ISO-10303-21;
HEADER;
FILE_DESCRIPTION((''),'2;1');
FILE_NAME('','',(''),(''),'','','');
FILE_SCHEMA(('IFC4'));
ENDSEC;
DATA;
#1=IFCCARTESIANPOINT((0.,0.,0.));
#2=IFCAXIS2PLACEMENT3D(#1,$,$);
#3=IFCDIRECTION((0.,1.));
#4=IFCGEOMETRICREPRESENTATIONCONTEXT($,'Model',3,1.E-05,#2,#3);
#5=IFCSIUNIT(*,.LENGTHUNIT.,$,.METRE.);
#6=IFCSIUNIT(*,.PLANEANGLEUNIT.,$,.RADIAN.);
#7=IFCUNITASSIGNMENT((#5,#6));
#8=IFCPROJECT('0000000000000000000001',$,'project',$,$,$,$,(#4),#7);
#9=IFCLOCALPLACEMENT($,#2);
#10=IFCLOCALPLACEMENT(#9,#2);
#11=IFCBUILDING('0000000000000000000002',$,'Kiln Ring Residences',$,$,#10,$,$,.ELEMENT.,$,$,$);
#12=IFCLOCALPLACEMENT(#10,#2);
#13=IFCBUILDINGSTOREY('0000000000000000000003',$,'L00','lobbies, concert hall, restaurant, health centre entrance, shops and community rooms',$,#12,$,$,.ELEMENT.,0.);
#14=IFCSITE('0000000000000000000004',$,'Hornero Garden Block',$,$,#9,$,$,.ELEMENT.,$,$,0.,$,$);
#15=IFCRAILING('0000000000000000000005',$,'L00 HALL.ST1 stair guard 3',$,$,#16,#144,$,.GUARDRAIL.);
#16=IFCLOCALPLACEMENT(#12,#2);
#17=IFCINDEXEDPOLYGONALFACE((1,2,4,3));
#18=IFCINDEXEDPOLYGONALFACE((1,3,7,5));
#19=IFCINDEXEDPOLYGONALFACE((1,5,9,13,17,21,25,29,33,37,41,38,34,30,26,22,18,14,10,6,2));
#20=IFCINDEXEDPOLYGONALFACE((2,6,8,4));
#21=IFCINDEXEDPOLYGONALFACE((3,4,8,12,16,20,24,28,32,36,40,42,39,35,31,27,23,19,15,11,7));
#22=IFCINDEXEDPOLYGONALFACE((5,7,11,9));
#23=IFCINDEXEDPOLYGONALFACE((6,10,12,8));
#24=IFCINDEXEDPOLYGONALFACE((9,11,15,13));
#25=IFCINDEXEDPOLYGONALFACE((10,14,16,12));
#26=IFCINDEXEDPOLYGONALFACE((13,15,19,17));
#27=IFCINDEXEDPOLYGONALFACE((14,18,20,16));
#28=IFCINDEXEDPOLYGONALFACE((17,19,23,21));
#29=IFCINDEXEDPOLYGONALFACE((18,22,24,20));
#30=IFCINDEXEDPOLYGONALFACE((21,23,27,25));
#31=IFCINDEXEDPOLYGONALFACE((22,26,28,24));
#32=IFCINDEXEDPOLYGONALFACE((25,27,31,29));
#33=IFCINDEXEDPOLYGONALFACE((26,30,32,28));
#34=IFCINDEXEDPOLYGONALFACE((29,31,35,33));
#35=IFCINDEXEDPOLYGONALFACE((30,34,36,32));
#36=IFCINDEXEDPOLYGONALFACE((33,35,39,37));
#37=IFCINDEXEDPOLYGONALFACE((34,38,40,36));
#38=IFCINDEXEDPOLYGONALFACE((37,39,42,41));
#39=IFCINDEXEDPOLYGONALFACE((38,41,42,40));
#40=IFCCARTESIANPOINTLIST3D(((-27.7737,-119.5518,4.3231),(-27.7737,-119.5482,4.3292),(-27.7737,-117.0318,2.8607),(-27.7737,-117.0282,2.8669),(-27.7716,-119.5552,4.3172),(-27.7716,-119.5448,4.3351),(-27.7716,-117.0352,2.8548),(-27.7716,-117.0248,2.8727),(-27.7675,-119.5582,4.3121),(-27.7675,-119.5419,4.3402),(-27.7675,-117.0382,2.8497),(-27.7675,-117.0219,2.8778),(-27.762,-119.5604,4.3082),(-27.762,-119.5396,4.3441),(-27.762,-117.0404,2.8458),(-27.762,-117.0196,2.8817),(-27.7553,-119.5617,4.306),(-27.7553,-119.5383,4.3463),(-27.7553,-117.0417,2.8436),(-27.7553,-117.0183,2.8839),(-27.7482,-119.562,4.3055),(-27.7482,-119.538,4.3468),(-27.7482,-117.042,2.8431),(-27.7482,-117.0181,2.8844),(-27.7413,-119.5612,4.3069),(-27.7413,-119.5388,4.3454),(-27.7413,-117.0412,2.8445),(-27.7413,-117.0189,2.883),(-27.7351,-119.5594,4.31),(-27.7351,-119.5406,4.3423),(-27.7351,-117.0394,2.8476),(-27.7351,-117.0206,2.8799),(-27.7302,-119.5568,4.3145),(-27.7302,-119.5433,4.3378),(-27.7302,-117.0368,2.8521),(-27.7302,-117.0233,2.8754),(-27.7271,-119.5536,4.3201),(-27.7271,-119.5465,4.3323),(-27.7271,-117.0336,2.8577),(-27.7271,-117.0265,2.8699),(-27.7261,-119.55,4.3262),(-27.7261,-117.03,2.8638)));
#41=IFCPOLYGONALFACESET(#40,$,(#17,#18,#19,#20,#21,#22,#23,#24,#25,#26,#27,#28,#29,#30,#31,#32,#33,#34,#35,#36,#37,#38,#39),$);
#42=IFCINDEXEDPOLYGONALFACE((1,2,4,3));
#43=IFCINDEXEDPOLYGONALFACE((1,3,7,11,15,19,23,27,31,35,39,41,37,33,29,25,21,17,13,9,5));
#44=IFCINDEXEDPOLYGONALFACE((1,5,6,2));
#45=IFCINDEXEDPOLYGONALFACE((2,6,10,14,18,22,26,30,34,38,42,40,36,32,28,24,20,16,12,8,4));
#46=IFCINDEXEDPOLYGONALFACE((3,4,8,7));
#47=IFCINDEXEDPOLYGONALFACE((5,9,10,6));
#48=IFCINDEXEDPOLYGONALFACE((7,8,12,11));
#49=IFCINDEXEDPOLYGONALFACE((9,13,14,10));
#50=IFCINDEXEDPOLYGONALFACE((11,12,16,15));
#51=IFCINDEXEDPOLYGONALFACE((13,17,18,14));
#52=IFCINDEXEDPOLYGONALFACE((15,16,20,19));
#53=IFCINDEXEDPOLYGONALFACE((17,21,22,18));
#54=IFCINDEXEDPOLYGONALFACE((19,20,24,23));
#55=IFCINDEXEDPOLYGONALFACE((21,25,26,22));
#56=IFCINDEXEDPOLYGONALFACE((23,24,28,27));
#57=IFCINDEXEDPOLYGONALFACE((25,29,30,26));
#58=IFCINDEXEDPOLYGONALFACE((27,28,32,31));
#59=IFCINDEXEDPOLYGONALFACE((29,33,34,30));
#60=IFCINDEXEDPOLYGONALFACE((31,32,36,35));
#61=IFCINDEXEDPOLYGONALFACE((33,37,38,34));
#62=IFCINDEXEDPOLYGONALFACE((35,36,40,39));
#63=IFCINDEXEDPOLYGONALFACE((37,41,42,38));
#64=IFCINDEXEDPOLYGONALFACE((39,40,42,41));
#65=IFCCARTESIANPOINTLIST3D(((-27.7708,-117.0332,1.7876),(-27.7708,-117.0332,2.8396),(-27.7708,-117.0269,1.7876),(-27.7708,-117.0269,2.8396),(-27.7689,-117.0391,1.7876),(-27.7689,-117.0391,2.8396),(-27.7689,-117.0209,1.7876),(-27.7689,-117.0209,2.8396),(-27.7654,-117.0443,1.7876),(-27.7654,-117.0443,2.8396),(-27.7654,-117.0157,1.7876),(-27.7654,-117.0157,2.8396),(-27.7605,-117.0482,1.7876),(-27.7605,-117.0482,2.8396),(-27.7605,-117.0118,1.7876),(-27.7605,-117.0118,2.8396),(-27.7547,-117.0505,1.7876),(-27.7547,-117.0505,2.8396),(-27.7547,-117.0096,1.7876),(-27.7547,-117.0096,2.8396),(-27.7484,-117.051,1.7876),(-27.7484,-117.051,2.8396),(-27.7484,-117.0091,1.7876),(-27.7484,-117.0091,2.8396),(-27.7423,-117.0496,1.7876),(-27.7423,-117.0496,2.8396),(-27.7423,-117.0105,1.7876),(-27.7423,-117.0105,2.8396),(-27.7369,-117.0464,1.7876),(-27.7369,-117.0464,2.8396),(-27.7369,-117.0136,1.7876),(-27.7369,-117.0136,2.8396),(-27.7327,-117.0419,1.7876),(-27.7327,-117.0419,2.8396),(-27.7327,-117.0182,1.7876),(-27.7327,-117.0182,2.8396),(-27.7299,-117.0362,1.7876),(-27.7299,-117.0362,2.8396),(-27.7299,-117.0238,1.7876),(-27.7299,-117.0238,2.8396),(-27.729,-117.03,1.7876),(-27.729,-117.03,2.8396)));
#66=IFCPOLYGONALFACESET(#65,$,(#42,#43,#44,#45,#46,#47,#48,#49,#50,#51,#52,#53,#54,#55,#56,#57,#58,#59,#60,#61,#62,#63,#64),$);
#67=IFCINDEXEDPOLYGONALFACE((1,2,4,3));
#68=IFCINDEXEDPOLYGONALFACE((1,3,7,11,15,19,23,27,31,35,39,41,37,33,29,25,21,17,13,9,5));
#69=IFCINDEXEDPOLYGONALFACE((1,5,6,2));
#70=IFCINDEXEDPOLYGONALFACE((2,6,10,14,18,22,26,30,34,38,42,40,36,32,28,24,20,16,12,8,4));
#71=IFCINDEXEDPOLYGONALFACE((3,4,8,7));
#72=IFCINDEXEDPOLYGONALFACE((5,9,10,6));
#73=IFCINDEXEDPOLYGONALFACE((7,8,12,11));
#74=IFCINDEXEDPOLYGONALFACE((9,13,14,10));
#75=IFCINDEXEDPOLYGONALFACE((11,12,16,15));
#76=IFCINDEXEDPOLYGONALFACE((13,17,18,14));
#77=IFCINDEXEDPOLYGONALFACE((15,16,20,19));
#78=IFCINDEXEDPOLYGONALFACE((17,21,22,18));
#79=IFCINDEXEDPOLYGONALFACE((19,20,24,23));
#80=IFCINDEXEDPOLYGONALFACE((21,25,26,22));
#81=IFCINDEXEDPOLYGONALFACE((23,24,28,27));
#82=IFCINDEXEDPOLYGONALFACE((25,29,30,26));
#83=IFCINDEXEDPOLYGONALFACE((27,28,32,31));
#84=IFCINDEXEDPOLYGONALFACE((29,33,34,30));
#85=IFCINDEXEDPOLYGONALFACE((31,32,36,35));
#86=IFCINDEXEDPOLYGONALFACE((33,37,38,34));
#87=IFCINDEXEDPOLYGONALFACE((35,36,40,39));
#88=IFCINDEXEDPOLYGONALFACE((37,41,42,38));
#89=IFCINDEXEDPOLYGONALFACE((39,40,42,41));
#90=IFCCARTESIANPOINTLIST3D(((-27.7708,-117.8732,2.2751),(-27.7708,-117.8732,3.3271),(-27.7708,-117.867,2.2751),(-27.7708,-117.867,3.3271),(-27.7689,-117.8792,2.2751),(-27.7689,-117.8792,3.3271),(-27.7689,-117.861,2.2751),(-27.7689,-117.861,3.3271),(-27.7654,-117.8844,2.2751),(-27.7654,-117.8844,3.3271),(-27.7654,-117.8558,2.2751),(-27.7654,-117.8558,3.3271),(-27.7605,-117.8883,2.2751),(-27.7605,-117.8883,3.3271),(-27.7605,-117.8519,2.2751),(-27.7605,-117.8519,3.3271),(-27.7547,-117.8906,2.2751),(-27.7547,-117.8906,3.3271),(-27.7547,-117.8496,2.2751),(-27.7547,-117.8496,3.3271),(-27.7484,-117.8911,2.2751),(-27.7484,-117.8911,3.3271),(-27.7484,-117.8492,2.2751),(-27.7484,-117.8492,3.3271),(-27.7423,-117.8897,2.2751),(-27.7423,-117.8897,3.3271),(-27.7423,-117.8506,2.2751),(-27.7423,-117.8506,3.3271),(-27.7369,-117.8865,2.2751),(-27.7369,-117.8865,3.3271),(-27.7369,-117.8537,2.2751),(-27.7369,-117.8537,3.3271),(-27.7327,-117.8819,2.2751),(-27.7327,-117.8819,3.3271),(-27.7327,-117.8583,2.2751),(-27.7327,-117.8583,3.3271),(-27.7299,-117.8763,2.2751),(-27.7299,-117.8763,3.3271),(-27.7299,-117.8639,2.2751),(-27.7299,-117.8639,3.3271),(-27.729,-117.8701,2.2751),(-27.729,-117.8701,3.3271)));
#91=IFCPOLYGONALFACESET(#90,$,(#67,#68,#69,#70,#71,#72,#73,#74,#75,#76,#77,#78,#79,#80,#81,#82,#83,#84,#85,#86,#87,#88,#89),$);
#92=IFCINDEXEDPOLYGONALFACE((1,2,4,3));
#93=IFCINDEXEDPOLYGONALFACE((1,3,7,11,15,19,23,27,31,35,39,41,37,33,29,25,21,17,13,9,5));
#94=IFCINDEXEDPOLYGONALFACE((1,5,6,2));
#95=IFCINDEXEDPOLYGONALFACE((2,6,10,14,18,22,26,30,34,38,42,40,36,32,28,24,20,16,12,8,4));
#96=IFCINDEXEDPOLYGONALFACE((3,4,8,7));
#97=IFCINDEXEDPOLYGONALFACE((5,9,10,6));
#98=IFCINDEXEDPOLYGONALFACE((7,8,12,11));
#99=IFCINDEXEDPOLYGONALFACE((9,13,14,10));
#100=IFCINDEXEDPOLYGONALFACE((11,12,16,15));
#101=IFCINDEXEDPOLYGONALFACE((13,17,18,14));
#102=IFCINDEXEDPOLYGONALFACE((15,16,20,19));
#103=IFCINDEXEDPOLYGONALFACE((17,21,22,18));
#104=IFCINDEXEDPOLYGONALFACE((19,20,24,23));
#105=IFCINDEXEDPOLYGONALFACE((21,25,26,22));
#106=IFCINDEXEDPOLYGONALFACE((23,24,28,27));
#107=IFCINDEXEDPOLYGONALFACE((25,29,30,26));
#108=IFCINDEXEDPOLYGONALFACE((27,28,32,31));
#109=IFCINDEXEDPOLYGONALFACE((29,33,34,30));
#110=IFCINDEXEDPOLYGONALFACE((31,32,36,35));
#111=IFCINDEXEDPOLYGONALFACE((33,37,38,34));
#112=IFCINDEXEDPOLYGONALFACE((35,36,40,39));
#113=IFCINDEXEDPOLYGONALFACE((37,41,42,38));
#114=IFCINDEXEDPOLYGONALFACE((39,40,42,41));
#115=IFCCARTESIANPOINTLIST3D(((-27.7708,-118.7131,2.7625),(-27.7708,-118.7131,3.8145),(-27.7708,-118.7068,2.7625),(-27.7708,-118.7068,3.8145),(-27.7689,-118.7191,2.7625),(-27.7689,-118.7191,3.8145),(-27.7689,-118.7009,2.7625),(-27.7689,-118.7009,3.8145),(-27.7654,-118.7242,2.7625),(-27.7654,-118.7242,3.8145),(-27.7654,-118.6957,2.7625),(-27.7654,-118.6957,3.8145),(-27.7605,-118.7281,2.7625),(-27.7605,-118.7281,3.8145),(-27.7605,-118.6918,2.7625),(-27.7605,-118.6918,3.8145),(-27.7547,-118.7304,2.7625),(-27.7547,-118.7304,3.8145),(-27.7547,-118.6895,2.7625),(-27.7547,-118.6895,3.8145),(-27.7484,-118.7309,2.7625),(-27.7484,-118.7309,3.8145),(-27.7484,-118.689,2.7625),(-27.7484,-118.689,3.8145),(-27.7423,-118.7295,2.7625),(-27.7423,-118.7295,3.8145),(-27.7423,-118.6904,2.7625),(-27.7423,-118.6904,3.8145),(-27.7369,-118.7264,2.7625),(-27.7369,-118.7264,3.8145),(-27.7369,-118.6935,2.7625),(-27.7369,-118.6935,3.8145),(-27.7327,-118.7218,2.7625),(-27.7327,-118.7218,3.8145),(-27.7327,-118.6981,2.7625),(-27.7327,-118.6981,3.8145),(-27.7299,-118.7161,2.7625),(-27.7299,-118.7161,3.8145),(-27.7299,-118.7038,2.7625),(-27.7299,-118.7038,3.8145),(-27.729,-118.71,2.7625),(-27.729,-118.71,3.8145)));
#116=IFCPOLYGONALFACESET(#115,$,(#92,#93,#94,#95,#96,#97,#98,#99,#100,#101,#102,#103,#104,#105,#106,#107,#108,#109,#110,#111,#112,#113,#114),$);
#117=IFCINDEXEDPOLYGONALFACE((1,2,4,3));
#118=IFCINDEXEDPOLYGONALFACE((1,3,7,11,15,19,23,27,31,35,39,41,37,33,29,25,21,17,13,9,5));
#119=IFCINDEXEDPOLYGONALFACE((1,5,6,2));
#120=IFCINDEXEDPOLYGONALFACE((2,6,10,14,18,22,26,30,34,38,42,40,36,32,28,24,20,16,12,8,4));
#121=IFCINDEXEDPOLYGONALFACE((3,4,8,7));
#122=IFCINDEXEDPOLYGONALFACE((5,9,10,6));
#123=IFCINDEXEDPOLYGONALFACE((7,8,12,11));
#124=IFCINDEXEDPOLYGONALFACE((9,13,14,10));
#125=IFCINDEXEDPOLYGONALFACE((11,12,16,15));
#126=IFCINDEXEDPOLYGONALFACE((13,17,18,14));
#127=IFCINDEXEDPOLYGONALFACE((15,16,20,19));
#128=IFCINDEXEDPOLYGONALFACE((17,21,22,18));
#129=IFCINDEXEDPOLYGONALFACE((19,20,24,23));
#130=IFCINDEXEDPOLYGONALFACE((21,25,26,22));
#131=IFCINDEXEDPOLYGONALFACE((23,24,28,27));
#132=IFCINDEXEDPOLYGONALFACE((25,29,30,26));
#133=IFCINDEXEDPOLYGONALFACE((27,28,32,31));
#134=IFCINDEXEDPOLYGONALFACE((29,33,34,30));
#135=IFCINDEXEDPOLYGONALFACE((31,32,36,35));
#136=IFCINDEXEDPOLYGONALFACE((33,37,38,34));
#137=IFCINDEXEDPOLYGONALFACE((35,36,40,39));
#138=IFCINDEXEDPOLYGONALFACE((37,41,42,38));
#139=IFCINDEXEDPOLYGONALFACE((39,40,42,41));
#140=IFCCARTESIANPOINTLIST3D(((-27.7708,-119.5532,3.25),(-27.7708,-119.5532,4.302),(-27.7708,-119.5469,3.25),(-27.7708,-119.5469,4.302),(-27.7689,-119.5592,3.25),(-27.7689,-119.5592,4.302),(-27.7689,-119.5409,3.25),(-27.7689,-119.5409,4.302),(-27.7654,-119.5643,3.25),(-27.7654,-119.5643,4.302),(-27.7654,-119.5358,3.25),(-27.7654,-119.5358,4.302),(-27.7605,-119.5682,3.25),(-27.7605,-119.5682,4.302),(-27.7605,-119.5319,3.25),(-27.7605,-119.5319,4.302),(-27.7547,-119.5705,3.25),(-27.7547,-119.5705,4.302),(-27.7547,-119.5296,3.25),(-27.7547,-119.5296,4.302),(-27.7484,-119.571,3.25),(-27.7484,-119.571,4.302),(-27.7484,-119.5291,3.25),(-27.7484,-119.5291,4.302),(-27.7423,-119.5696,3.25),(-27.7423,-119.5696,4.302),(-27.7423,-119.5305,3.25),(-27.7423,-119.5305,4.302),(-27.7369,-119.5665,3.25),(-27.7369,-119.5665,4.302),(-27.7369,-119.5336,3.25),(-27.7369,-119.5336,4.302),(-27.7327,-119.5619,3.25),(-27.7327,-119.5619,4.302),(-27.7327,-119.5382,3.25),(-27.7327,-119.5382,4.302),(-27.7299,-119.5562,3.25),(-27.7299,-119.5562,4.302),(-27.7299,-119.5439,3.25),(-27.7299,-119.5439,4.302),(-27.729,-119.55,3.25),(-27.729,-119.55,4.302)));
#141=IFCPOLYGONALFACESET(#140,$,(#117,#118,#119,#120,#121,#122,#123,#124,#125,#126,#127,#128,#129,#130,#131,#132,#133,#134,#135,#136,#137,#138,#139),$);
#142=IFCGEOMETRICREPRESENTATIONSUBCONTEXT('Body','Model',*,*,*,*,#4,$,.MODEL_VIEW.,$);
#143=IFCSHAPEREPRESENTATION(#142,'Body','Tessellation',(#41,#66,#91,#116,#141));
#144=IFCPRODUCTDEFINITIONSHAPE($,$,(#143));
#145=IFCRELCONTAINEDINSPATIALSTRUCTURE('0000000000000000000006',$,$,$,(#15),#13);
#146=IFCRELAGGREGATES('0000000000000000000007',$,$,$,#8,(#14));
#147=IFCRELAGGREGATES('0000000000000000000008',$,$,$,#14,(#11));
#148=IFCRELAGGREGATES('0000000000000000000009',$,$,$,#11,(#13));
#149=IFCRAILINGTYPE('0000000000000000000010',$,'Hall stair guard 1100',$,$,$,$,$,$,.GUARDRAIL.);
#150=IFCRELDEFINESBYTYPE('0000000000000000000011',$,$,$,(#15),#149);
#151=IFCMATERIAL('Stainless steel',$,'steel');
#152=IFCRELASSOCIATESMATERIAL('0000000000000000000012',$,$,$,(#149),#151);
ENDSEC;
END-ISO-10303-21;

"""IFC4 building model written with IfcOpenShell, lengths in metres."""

from ifc_helpers import new_model, si_unit, direction, frame, origin, origin_2d, place, context, subcontext, project, spatial, circle, extrude, material, type_object, element, save


model = new_model("IFC4")

# Units and contexts
model_context = context("Model", 3, precision=1e-05, world=origin(), true_north=direction((0.0, 1.0)))
body_context = subcontext(model_context, "Body", "Model", "MODEL_VIEW")
ifc_project = project(units=[si_unit("LENGTHUNIT", "METRE"), si_unit("PLANEANGLEUNIT", "RADIAN")], contexts=[model_context])

# Site, building, storey
site_placement = place(None, origin())
site = spatial("IfcSite", under=ifc_project, at=site_placement, Name="Hornero Garden Block", CompositionType="ELEMENT", RefElevation=0.0)
building_placement = place(site_placement, origin())
building = spatial("IfcBuilding", under=site, at=building_placement, Name="Kiln Ring Residences", CompositionType="ELEMENT")
storey_placement = place(building_placement, origin())
storey = spatial("IfcBuildingStorey", under=building, at=storey_placement, Name="L00", Description="lobbies, concert hall, restaurant, health centre entrance, shops and community rooms", CompositionType="ELEMENT", Elevation=0.0)

# Railing
ifc_material_1 = material(Name="Stainless steel", Category="steel")
railing_type_1 = type_object("IfcRailingType", Name="Hall stair guard 1100", PredefinedType="GUARDRAIL", material=ifc_material_1)
railing_1_placement = place(storey_placement, frame((-27.75, -117.03, 1.7876)))
element("IfcRailing", 1, at=railing_1_placement, inside=storey, type_object=railing_type_1, Name="L00 HALL.ST1 stair guard 3", PredefinedType="GUARDRAIL", context=body_context, shape_type="SweptSolid", body=[
    extrude(circle(Radius=0.0239, at=origin_2d()), frame((0.0, 0.0, 1.0762), z_axis=(0.0, -0.864913, 0.501921), x_axis=(1.0, 0.0, 0.0)), (0.0, 0.0, 1.0), 2.9136),
    extrude(circle(Radius=0.021, at=origin_2d()), origin(), (0.0, 0.0, 1.0), 1.052),
    extrude(circle(Radius=0.021, at=origin_2d()), frame((0.0, -0.8401, 0.4875)), (0.0, 0.0, 1.0), 1.052),
    extrude(circle(Radius=0.021, at=origin_2d()), frame((0.0, -1.6799, 0.9749)), (0.0, 0.0, 1.0), 1.052),
    extrude(circle(Radius=0.021, at=origin_2d()), frame((0.0, -2.52, 1.4624)), (0.0, 0.0, 1.0), 1.052),
])

save(model, "model.ifc")
